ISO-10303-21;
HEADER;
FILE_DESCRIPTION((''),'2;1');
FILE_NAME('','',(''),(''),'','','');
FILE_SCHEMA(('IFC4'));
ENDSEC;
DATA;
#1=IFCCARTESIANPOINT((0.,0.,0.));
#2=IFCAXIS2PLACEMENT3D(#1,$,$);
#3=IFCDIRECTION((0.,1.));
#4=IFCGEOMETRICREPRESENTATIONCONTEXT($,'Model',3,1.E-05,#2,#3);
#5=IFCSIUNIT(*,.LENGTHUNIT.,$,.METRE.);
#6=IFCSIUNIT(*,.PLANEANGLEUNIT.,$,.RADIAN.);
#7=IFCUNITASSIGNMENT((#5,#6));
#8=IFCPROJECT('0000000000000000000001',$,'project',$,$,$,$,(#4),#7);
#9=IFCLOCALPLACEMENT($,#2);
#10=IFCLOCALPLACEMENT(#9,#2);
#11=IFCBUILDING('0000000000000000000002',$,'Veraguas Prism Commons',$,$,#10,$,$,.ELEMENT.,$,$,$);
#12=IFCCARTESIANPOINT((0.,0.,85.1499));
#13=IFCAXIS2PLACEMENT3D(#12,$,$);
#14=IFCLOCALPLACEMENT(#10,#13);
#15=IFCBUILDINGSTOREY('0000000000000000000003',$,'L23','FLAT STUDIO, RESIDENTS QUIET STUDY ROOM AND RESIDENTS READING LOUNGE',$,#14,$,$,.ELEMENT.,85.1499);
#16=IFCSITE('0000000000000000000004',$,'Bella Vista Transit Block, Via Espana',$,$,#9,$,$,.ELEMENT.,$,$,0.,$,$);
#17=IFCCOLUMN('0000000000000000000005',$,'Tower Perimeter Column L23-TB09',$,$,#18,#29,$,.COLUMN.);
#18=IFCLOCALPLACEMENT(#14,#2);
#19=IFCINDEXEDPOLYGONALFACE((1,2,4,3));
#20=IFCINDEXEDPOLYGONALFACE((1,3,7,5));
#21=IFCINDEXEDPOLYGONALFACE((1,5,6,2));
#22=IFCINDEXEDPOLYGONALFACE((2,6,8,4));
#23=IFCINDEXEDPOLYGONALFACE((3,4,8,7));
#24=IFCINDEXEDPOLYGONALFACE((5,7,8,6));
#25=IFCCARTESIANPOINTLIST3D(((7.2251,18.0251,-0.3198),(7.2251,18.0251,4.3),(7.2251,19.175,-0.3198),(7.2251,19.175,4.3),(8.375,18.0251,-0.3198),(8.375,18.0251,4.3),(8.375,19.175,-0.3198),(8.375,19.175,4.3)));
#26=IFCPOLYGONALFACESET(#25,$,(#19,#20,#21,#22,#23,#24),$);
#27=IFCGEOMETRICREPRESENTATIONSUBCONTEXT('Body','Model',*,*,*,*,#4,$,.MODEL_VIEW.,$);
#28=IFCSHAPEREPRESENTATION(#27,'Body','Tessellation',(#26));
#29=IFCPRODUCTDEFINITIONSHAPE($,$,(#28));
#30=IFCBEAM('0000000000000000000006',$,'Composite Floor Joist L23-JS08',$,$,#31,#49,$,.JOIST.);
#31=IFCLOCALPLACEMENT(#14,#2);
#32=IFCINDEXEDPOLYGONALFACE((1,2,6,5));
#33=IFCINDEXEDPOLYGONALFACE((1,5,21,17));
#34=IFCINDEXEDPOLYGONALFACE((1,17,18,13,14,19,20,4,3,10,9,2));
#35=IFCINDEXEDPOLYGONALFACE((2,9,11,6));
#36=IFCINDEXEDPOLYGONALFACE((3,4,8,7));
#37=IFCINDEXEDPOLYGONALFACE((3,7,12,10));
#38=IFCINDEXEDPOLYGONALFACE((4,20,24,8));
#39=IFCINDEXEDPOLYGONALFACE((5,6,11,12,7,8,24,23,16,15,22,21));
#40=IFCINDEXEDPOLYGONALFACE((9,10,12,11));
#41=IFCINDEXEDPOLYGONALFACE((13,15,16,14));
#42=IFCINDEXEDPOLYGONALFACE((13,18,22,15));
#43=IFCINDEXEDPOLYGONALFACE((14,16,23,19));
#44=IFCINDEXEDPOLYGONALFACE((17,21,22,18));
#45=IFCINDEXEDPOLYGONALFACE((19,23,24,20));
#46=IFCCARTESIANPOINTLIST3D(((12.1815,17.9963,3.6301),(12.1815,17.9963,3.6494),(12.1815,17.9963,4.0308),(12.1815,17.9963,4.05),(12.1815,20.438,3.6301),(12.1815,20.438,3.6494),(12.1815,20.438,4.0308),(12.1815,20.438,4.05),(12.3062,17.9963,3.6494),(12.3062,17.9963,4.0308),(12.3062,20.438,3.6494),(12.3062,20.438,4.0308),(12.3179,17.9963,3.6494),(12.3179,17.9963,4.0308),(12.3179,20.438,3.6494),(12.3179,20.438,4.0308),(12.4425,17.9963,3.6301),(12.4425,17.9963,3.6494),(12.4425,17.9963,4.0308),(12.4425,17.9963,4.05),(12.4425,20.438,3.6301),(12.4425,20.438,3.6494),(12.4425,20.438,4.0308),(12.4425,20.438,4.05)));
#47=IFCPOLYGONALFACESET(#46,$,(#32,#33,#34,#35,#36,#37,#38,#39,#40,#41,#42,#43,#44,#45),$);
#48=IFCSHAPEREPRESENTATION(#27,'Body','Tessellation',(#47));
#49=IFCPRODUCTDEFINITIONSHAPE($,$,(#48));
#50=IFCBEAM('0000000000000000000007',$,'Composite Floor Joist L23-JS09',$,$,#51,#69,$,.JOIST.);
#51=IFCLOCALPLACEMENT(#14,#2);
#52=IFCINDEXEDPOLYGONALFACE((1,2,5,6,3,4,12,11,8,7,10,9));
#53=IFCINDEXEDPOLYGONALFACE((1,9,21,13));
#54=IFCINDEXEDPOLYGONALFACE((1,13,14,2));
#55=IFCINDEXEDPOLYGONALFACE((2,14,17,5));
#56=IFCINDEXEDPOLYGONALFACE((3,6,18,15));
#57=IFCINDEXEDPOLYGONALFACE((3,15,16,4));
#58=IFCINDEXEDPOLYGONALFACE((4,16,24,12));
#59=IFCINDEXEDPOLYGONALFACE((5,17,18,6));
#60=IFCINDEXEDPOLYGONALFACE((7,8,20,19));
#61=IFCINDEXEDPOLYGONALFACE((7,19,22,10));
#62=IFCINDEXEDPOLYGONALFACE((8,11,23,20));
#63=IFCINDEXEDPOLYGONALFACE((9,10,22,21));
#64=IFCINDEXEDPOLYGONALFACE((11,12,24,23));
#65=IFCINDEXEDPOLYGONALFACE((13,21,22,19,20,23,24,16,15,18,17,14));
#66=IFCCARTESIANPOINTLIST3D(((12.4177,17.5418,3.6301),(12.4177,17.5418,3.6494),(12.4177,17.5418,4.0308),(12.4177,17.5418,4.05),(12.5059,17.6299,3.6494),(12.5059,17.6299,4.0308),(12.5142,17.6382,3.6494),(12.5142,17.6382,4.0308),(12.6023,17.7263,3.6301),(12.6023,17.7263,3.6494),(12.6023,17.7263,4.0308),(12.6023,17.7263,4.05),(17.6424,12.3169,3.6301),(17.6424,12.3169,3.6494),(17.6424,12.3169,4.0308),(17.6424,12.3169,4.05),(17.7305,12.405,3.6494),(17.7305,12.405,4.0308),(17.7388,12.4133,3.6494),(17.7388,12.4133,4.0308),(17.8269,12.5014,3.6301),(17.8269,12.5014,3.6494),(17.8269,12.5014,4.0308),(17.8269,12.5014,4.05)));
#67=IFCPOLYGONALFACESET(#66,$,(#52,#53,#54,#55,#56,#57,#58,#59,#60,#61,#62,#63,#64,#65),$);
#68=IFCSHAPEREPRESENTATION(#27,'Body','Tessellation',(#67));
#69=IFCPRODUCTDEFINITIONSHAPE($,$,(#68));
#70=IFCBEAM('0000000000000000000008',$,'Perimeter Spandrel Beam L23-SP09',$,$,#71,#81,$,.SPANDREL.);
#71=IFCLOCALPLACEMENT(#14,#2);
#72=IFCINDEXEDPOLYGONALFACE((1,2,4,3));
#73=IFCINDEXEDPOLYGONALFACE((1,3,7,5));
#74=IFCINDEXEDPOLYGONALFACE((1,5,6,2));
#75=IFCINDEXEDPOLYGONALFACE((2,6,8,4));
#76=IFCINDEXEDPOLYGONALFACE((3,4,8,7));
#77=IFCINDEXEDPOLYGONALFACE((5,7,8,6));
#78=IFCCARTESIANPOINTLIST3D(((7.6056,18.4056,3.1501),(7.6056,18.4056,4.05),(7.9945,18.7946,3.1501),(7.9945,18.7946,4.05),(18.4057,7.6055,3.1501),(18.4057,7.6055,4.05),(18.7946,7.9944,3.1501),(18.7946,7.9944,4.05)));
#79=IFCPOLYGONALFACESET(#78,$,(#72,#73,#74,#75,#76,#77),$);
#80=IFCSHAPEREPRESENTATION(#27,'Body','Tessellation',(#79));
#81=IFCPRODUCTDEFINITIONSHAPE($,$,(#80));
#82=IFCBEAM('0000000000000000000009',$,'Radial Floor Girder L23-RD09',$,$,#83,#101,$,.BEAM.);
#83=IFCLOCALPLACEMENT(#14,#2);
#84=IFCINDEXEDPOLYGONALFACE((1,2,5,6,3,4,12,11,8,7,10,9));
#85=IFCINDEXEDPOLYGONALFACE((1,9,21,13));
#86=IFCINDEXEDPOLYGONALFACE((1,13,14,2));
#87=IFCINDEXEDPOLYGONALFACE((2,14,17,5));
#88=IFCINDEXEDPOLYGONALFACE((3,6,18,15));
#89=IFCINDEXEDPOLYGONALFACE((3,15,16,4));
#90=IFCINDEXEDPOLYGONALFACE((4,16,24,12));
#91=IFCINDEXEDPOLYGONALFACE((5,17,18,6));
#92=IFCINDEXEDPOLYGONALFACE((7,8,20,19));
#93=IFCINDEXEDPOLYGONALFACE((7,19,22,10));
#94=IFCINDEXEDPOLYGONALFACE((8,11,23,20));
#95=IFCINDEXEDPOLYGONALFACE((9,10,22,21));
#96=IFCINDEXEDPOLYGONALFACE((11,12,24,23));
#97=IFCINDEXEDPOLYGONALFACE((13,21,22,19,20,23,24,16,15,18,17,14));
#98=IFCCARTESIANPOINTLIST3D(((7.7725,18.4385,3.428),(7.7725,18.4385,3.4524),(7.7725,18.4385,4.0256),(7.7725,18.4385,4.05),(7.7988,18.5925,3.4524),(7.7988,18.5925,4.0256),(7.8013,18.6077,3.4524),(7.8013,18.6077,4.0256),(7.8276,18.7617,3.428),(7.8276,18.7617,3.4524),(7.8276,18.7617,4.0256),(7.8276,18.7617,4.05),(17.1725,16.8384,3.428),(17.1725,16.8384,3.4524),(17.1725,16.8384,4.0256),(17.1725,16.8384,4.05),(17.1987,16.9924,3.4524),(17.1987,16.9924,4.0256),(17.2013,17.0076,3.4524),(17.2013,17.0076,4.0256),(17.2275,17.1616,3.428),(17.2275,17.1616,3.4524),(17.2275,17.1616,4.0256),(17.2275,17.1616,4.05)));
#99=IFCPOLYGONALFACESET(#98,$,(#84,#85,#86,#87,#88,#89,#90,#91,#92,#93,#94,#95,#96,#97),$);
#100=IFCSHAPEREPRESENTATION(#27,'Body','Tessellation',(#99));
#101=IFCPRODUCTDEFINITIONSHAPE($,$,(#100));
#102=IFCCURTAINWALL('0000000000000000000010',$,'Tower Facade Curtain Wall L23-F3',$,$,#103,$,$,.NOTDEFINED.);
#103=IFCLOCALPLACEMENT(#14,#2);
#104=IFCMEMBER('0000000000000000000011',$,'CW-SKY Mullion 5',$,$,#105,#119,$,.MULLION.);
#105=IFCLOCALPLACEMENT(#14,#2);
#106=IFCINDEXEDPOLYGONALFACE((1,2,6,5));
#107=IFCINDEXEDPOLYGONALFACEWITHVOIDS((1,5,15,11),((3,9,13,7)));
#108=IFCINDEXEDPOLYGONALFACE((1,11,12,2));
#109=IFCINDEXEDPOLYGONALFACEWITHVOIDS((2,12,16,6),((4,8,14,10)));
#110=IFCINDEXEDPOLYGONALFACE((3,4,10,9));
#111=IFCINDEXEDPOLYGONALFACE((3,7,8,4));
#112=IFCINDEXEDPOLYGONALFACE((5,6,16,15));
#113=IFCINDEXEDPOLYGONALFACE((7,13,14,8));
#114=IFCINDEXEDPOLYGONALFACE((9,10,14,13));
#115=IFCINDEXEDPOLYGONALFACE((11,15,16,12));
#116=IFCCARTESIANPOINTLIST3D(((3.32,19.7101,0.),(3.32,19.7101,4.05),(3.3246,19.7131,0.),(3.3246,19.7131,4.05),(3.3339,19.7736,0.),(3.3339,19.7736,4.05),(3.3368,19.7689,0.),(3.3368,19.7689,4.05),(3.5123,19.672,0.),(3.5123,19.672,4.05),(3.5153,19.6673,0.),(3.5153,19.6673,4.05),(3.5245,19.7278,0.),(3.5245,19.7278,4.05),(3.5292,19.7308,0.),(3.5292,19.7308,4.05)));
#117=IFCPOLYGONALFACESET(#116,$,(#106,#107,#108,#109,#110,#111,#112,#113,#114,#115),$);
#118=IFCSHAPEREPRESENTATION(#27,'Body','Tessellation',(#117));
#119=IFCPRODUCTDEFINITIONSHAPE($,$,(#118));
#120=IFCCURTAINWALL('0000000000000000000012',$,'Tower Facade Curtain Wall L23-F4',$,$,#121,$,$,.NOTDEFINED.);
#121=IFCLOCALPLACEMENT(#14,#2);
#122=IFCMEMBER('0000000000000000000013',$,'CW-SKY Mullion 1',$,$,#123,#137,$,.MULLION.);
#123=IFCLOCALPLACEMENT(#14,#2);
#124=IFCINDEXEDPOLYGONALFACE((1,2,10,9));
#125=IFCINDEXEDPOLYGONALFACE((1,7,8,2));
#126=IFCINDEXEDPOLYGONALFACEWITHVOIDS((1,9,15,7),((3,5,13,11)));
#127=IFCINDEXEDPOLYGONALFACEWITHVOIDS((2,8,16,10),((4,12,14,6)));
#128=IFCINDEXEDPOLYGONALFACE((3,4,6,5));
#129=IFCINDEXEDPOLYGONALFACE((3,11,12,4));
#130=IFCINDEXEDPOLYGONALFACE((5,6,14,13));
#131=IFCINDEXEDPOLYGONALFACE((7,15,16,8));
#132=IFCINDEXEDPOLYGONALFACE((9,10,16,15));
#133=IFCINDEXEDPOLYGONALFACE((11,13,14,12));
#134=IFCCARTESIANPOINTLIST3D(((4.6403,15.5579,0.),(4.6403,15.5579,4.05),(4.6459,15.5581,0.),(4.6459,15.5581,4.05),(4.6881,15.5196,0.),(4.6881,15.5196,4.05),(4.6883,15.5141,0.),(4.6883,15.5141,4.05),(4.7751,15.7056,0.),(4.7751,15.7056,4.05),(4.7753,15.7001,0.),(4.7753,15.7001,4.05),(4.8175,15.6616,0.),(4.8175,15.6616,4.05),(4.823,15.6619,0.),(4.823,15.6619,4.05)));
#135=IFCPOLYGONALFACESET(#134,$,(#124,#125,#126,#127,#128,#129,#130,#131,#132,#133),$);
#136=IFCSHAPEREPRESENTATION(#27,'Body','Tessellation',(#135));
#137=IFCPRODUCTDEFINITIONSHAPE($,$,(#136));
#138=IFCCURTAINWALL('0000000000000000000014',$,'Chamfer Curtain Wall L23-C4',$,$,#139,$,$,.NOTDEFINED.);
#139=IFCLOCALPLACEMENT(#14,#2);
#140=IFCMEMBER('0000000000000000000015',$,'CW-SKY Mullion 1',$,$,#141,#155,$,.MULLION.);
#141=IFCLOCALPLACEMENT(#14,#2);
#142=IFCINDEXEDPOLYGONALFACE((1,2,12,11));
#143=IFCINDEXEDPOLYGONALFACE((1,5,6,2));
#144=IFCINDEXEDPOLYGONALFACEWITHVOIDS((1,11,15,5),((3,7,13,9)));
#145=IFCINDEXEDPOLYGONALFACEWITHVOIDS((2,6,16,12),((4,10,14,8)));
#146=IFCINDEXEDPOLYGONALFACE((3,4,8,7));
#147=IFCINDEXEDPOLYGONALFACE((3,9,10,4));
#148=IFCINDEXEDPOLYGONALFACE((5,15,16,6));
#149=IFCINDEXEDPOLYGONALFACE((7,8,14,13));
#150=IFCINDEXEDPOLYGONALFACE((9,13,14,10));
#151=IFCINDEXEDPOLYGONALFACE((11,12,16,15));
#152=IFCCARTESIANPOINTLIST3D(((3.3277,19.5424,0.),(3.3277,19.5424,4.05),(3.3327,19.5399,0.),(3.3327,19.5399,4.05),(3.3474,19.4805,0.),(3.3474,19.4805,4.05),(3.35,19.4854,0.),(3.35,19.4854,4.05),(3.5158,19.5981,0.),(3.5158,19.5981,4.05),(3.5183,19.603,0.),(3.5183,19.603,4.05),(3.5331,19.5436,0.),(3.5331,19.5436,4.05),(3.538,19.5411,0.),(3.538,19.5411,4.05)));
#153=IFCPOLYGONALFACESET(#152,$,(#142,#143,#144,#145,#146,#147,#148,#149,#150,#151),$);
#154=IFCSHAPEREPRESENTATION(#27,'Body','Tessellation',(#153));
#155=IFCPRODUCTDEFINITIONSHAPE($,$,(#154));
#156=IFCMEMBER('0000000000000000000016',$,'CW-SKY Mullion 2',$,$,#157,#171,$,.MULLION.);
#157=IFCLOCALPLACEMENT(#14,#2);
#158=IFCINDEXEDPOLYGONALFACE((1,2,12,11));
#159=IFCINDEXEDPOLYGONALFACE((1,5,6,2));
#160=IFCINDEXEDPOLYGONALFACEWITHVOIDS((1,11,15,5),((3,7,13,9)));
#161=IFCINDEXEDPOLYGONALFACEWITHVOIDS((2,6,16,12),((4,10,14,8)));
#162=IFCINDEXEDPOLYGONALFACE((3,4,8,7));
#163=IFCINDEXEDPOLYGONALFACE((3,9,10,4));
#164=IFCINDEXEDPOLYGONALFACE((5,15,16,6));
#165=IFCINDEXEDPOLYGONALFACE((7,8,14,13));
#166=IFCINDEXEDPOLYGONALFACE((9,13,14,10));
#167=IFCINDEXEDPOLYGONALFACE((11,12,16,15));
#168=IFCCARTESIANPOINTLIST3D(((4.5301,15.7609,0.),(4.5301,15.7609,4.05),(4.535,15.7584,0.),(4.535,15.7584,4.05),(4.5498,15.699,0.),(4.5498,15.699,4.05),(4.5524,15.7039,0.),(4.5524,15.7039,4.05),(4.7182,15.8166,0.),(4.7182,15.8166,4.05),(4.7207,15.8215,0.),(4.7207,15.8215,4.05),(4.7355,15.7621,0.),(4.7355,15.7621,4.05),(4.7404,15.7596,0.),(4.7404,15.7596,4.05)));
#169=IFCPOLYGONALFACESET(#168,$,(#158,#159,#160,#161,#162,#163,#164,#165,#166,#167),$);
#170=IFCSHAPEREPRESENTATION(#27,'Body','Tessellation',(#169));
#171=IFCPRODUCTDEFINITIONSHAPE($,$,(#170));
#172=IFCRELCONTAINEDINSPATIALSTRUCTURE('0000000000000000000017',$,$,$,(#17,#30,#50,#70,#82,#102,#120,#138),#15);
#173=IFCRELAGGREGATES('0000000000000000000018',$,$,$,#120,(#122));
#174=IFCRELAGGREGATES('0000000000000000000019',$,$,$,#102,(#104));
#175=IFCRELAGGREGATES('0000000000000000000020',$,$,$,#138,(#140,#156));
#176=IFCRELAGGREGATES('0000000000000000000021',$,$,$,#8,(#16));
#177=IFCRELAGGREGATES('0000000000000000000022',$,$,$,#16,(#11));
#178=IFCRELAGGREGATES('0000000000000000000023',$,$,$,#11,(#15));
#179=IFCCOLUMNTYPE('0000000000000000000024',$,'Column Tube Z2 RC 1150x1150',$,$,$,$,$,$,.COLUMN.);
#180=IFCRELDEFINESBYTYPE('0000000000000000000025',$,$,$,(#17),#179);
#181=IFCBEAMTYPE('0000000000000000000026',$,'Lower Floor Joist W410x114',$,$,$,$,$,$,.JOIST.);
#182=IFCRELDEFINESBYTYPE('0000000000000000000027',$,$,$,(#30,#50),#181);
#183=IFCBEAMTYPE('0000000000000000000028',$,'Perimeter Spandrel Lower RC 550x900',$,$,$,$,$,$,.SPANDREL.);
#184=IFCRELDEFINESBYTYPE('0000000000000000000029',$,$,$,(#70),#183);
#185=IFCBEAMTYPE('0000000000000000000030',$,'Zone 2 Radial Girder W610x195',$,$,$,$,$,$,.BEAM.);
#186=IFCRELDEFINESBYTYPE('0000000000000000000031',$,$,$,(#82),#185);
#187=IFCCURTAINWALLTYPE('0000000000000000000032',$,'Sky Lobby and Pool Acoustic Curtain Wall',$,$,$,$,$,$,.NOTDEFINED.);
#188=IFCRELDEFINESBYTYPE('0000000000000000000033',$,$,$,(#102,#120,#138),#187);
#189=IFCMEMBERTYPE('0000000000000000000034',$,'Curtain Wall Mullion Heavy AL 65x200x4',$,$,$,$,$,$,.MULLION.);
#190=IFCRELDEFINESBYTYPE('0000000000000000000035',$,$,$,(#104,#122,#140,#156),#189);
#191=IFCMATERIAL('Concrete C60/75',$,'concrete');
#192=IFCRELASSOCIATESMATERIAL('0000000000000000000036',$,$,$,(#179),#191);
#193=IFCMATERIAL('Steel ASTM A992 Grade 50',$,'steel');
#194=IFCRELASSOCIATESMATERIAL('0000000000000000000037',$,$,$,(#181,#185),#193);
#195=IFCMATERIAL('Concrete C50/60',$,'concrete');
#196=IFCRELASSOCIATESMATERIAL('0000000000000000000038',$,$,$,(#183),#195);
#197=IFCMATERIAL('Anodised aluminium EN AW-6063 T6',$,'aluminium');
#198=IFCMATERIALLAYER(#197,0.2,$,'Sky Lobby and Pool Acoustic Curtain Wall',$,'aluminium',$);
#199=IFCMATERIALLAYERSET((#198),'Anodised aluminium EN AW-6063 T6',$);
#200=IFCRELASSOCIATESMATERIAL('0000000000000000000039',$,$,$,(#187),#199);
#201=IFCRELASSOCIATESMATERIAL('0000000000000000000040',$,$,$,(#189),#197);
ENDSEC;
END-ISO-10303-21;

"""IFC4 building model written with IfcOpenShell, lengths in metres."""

from ifc_helpers import new_model, si_unit, direction, frame, origin, origin_2d, place, context, subcontext, project, spatial, rectangle, hollow_rectangle, i_section, extrude, source, transform, mapped, material, layer, layer_set, material_profile, profile_set, type_object, element, aggregate, save


model = new_model("IFC4")

# Units and contexts
model_context = context("Model", 3, precision=1e-05, world=origin(), true_north=direction((0.0, 1.0)))
body_context = subcontext(model_context, "Body", "Model", "MODEL_VIEW")
ifc_project = project(units=[si_unit("LENGTHUNIT", "METRE"), si_unit("PLANEANGLEUNIT", "RADIAN")], contexts=[model_context])

# Site, building, storey
site_placement = place(None, origin())
site = spatial("IfcSite", under=ifc_project, at=site_placement, Name="Bella Vista Transit Block, Via Espana", CompositionType="ELEMENT", RefElevation=0.0)
building_placement = place(site_placement, origin())
building = spatial("IfcBuilding", under=site, at=building_placement, Name="Veraguas Prism Commons", CompositionType="ELEMENT")
storey_placement = place(building_placement, frame((0.0, 0.0, 85.1499)))
storey = spatial("IfcBuildingStorey", under=building, at=storey_placement, Name="L23", Description="FLAT STUDIO, RESIDENTS QUIET STUDY ROOM AND RESIDENTS READING LOUNGE", CompositionType="ELEMENT", Elevation=85.1499)

# Column
ifc_material_1 = material(Name="Concrete C60/75", Category="concrete")
ifc_material_profile_1 = material_profile(ifc_material_1, rectangle(XDim=1.1499, YDim=1.1499, at=origin_2d()), Name="RC1150X1150")
ifc_profile_set_1 = profile_set([ifc_material_profile_1], Name="Concrete C60/75")
column_type = type_object("IfcColumnType", Name="Column Tube Z2 RC 1150x1150", PredefinedType="COLUMN", material=ifc_profile_set_1)
column_placement = place(storey_placement, frame((7.8, 18.6001, -0.3198), z_axis=(0.0, 0.0, 1.0), x_axis=(1.0, 0.0, 0.0)))
element("IfcColumn", 1, at=column_placement, inside=storey, type_object=column_type, Name="Tower Perimeter Column L23-TB09", PredefinedType="COLUMN", context=body_context, shape_type="SweptSolid", body=[
    extrude(rectangle(XDim=1.1499, YDim=1.1499, at=origin_2d()), origin(), (0.0, 0.0, 1.0), 4.6199),
])

# Beams
ifc_material_2 = material(Name="Steel ASTM A992 Grade 50", Category="steel")
ifc_material_profile_2 = material_profile(ifc_material_2, i_section(OverallWidth=0.261, OverallDepth=0.4199, WebThickness=0.0117, FlangeThickness=0.0193, at=origin_2d()), Name="W410X114")
ifc_profile_set_2 = profile_set([ifc_material_profile_2], Name="Steel ASTM A992 Grade 50")
beam_type_1 = type_object("IfcBeamType", Name="Lower Floor Joist W410x114", PredefinedType="JOIST", material=ifc_profile_set_2)
beam_1_placement = place(storey_placement, frame((12.312, 20.438, 3.8401), z_axis=(0.0, -1.0, 0.0), x_axis=(1.0, 0.0, 0.0)))
element("IfcBeam", 2, at=beam_1_placement, inside=storey, type_object=beam_type_1, Name="Composite Floor Joist L23-JS08", PredefinedType="JOIST", context=body_context, shape_type="SweptSolid", body=[
    extrude(i_section(OverallWidth=0.261, OverallDepth=0.4199, WebThickness=0.0117, FlangeThickness=0.0193, at=origin_2d()), origin(), (0.0, 0.0, 1.0), 2.4417),
])
beam_2_placement = place(storey_placement, frame((12.51, 17.634, 3.8401), z_axis=(0.70709, -0.707123, 0.0), x_axis=(0.707123, 0.70709, 0.0)))
element("IfcBeam", 3, at=beam_2_placement, inside=storey, type_object=beam_type_1, Name="Composite Floor Joist L23-JS09", PredefinedType="JOIST", context=body_context, shape_type="SweptSolid", body=[
    extrude(i_section(OverallWidth=0.261, OverallDepth=0.4199, WebThickness=0.0117, FlangeThickness=0.0193, at=origin_2d()), origin(), (0.0, 0.0, 1.0), 7.3889),
])
ifc_material_3 = material(Name="Concrete C50/60", Category="concrete")
ifc_material_profile_3 = material_profile(ifc_material_3, rectangle(XDim=0.55, YDim=0.8999, at=origin_2d()), Name="RC550X900")
ifc_profile_set_3 = profile_set([ifc_material_profile_3], Name="Concrete C50/60")
beam_type_2 = type_object("IfcBeamType", Name="Perimeter Spandrel Lower RC 550x900", PredefinedType="SPANDREL", material=ifc_profile_set_3)
beam_3_placement = place(storey_placement, frame((7.8, 18.6001, 3.6001), z_axis=(0.707107, -0.707107, 0.0), x_axis=(0.707107, 0.707107, 0.0)))
element("IfcBeam", 4, at=beam_3_placement, inside=storey, type_object=beam_type_2, Name="Perimeter Spandrel Beam L23-SP09", PredefinedType="SPANDREL", context=body_context, shape_type="SweptSolid", body=[
    extrude(rectangle(XDim=0.55, YDim=0.8999, at=origin_2d()), origin(), (0.0, 0.0, 1.0), 15.2737),
])
ifc_material_profile_4 = material_profile(ifc_material_2, i_section(OverallWidth=0.3279, OverallDepth=0.6221, WebThickness=0.0154, FlangeThickness=0.0244, at=origin_2d()), Name="W610X195")
ifc_profile_set_4 = profile_set([ifc_material_profile_4], Name="Steel ASTM A992 Grade 50")
beam_type_3 = type_object("IfcBeamType", Name="Zone 2 Radial Girder W610x195", PredefinedType="BEAM", material=ifc_profile_set_4)
beam_4_placement = place(storey_placement, frame((7.8, 18.6001, 3.739), z_axis=(0.985819, -0.167811, 0.0), x_axis=(0.167811, 0.985819, 0.0)))
element("IfcBeam", 5, at=beam_4_placement, inside=storey, type_object=beam_type_3, Name="Radial Floor Girder L23-RD09", PredefinedType="BEAM", context=body_context, shape_type="SweptSolid", body=[
    extrude(i_section(OverallWidth=0.3279, OverallDepth=0.6221, WebThickness=0.0154, FlangeThickness=0.0244, at=origin_2d()), origin(), (0.0, 0.0, 1.0), 9.5352),
])

# Curtain walls, members
ifc_material_4 = material(Name="Anodised aluminium EN AW-6063 T6", Category="aluminium")
ifc_layer_1 = layer(ifc_material_4, 0.2, Name="Sky Lobby and Pool Acoustic Curtain Wall", Category="aluminium")
ifc_layer_set_1 = layer_set([ifc_layer_1], Name="Anodised aluminium EN AW-6063 T6")
curtain_wall_type = type_object("IfcCurtainWallType", Name="Sky Lobby and Pool Acoustic Curtain Wall", PredefinedType="NOTDEFINED", material=ifc_layer_set_1)
curtain_wall_1_placement = place(storey_placement, origin())
curtain_wall_1 = element("IfcCurtainWall", 6, at=curtain_wall_1_placement, inside=storey, type_object=curtain_wall_type, Name="Tower Facade Curtain Wall L23-F3", PredefinedType="NOTDEFINED")
ifc_material_profile_5 = material_profile(ifc_material_4, hollow_rectangle(XDim=0.0649, YDim=0.2, WallThickness=0.0039, at=origin_2d()), Name="AL65X200X4")
ifc_profile_set_5 = profile_set([ifc_material_profile_5], Name="Anodised aluminium EN AW-6063 T6")
member_type_1 = type_object("IfcMemberType", Name="Curtain Wall Mullion Heavy AL 65x200x4", PredefinedType="MULLION", material=ifc_profile_set_5)
shared_shape_1 = source(origin(), body_context, "Body", "SweptSolid", [
    extrude(hollow_rectangle(XDim=0.0649, YDim=0.2, WallThickness=0.0039, at=origin_2d()), origin(), (0.0, 0.0, 1.0), 4.05),
])
member_1_placement = place(storey_placement, frame((3.4246, 19.7205, 0.0), z_axis=(0.0, 0.0, 1.0), x_axis=(-0.214055, -0.976822, 0.0)))
member_1 = element("IfcMember", 7, at=member_1_placement, type_object=member_type_1, Name="CW-SKY Mullion 5", PredefinedType="MULLION", context=body_context, shape_type="MappedRepresentation", body=[
    mapped(shared_shape_1, transform((0.0, 0.0, 0.0), scale=1.0)),
])
curtain_wall_2_placement = place(storey_placement, origin())
curtain_wall_2 = element("IfcCurtainWall", 8, at=curtain_wall_2_placement, inside=storey, type_object=curtain_wall_type, Name="Tower Facade Curtain Wall L23-F4", PredefinedType="NOTDEFINED")
member_2_placement = place(storey_placement, frame((4.7317, 15.6099, 0.0), z_axis=(0.0, 0.0, 1.0), x_axis=(0.738925, -0.673788, 0.0)))
member_2 = element("IfcMember", 9, at=member_2_placement, type_object=member_type_1, Name="CW-SKY Mullion 1", PredefinedType="MULLION", context=body_context, shape_type="MappedRepresentation", body=[
    mapped(shared_shape_1, transform((0.0, 0.0, 0.0), scale=1.0)),
])

# Curtain wall, members
curtain_wall_3_placement = place(storey_placement, origin())
curtain_wall_3 = element("IfcCurtainWall", 10, at=curtain_wall_3_placement, inside=storey, type_object=curtain_wall_type, Name="Chamfer Curtain Wall L23-C4", PredefinedType="NOTDEFINED")
member_3_placement = place(storey_placement, frame((3.4329, 19.5417, 0.0), z_axis=(0.0, 0.0, 1.0), x_axis=(0.303024, -0.952983, 0.0)))
member_3 = element("IfcMember", 11, at=member_3_placement, type_object=member_type_1, Name="CW-SKY Mullion 1", PredefinedType="MULLION", context=body_context, shape_type="MappedRepresentation", body=[
    mapped(shared_shape_1, transform((0.0, 0.0, 0.0), scale=1.0)),
])
member_4_placement = place(storey_placement, frame((4.6353, 15.7603, 0.0), z_axis=(0.0, 0.0, 1.0), x_axis=(0.303024, -0.952983, 0.0)))
member_4 = element("IfcMember", 12, at=member_4_placement, type_object=member_type_1, Name="CW-SKY Mullion 2", PredefinedType="MULLION", context=body_context, shape_type="MappedRepresentation", body=[
    mapped(shared_shape_1, transform((0.0, 0.0, 0.0), scale=1.0)),
])

aggregate(curtain_wall_2, [member_2])

aggregate(curtain_wall_1, [member_1])
aggregate(curtain_wall_3, [member_3, member_4])

save(model, "model.ifc")
